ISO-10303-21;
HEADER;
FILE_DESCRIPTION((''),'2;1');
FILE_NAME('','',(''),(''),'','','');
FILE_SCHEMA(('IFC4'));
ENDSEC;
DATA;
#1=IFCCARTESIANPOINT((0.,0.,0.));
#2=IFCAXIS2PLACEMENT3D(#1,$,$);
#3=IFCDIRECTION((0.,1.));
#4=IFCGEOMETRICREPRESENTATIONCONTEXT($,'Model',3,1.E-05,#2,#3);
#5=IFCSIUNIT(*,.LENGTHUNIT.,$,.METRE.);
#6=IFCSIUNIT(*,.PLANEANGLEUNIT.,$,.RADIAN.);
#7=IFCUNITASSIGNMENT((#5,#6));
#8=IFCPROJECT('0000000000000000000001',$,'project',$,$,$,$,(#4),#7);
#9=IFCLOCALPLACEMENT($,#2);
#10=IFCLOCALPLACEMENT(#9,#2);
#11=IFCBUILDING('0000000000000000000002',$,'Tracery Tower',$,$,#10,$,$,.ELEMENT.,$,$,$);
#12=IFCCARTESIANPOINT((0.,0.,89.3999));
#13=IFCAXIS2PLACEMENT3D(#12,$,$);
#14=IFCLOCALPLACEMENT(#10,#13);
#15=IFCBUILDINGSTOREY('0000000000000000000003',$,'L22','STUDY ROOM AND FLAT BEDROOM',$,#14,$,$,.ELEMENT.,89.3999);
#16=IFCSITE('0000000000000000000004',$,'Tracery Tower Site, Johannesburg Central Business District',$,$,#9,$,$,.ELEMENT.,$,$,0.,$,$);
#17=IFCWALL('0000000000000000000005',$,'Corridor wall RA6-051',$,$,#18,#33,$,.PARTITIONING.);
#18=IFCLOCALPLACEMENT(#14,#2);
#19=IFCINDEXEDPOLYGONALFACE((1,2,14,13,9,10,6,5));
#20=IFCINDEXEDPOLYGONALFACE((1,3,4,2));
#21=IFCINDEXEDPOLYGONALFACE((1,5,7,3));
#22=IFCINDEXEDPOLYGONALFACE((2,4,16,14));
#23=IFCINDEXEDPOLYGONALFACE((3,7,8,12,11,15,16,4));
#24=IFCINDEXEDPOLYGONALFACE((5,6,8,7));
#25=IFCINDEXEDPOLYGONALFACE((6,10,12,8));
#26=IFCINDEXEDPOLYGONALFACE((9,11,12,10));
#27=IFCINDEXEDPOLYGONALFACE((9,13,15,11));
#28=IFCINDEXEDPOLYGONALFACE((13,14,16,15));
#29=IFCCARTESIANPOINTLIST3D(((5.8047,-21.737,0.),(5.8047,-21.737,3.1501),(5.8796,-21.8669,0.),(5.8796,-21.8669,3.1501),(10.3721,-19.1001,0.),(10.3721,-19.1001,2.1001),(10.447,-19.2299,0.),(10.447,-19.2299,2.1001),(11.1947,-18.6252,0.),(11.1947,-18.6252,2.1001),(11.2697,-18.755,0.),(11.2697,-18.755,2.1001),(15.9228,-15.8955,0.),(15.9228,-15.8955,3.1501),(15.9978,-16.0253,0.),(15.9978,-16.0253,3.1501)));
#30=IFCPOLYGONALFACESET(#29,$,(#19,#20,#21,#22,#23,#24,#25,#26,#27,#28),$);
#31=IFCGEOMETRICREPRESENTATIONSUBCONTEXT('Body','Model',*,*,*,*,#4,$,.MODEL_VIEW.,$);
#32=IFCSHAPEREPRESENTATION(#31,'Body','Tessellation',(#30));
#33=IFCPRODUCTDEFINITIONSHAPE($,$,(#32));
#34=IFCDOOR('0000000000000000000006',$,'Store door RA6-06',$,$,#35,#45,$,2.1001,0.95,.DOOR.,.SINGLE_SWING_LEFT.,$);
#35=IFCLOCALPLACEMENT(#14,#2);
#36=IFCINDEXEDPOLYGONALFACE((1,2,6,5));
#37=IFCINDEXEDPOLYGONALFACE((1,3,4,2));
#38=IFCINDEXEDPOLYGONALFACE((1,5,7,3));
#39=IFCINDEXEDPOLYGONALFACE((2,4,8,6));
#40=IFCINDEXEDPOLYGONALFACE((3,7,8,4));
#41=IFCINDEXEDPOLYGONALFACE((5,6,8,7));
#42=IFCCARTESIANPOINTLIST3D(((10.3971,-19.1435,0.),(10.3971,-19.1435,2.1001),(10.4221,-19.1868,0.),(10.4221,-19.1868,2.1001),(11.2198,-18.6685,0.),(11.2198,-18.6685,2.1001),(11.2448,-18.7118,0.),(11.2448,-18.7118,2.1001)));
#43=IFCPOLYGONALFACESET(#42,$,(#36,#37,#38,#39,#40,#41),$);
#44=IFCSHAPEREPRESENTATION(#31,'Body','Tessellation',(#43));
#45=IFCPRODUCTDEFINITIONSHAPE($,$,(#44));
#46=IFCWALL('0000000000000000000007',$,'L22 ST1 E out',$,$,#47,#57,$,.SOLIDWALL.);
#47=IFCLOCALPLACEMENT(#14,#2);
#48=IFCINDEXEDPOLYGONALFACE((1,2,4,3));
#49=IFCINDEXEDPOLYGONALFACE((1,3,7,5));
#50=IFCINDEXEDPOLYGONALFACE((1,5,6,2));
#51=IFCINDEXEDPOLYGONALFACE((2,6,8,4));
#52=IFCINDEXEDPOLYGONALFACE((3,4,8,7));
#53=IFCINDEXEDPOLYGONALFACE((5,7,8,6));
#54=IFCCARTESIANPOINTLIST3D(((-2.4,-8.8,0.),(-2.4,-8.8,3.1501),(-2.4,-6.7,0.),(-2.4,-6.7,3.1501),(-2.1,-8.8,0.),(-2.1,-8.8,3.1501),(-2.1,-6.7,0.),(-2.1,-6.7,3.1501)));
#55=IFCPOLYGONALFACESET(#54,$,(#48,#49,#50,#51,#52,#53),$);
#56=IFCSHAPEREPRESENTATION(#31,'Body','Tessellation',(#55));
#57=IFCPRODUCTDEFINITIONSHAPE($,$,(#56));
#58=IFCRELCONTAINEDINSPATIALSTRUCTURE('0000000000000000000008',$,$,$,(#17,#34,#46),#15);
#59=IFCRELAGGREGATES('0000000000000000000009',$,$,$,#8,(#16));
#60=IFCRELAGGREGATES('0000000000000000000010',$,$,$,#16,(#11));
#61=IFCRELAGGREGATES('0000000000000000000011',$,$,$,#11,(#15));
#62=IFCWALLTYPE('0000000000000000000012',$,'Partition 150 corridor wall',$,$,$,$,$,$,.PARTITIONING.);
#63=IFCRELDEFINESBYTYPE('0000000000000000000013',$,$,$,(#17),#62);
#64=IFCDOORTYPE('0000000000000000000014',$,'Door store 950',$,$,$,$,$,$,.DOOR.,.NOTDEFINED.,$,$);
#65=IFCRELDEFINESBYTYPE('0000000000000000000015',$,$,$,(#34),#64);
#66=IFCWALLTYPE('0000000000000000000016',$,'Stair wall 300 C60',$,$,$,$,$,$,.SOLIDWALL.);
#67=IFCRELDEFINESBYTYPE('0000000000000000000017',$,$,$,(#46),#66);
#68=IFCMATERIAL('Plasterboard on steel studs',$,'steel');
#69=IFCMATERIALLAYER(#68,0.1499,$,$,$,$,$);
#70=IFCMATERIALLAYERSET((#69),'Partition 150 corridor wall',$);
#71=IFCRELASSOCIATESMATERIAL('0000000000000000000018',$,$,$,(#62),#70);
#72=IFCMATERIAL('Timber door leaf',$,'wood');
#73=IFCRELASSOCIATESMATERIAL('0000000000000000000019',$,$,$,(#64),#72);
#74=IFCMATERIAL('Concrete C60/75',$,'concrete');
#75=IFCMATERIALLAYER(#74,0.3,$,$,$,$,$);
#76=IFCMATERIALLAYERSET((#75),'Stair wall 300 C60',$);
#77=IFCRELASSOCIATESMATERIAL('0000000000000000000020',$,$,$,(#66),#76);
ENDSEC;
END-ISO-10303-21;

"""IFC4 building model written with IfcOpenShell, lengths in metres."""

from ifc_helpers import new_model, si_unit, direction, frame, frame_2d, origin, place, context, subcontext, project, spatial, rectangle, extrude, material, layer, layer_set, type_object, element, fill, save


model = new_model("IFC4")

# Units and contexts
model_context = context("Model", 3, precision=1e-05, world=origin(), true_north=direction((0.0, 1.0)))
body_context = subcontext(model_context, "Body", "Model", "MODEL_VIEW")
ifc_project = project(units=[si_unit("LENGTHUNIT", "METRE"), si_unit("PLANEANGLEUNIT", "RADIAN")], contexts=[model_context])

# Site, building, storey
site_placement = place(None, origin())
site = spatial("IfcSite", under=ifc_project, at=site_placement, Name="Tracery Tower Site, Johannesburg Central Business District", CompositionType="ELEMENT", RefElevation=0.0)
building_placement = place(site_placement, origin())
building = spatial("IfcBuilding", under=site, at=building_placement, Name="Tracery Tower", CompositionType="ELEMENT")
storey_placement = place(building_placement, frame((0.0, 0.0, 89.3999)))
storey = spatial("IfcBuildingStorey", under=building, at=storey_placement, Name="L22", Description="STUDY ROOM AND FLAT BEDROOM", CompositionType="ELEMENT", Elevation=89.3999)

# Shared definitions
ifc_material_1 = material(Name="Plasterboard on steel studs", Category="steel")
ifc_layer_1 = layer(ifc_material_1, 0.1499)
ifc_layer_set_1 = layer_set([ifc_layer_1], Name="Partition 150 corridor wall")
wall_type_1 = type_object("IfcWallType", Name="Partition 150 corridor wall", PredefinedType="PARTITIONING", material=ifc_layer_set_1)

# Wall, opening, door
wall_1_placement = place(storey_placement, frame((5.842, -21.802, 0.0), z_axis=(0.0, 0.0, 1.0), x_axis=(0.866032, 0.499989, 0.0)))
wall_1 = element("IfcWall", 1, at=wall_1_placement, inside=storey, type_object=wall_type_1, Name="Corridor wall RA6-051", PredefinedType="PARTITIONING", context=body_context, shape_type="SweptSolid", body=[
    extrude(rectangle(XDim=11.6833, YDim=0.1499, at=frame_2d((5.8418, 0.0))), origin(), (0.0, 0.0, 1.0), 3.1501),
])
opening_1_placement = place(wall_1_placement, frame((5.2739, 0.0, 0.0)))
opening_1 = element("IfcOpeningElement", 2, at=opening_1_placement, cuts=wall_1, PredefinedType="OPENING", context=body_context, shape_type="SweptSolid", body=[
    extrude(rectangle(XDim=0.95, YDim=2.1001, at=frame_2d((0.4751, 1.05))), frame((0.0, 0.075, 0.0), z_axis=(0.0, -1.0, 0.0), x_axis=(1.0, 0.0, 0.0)), (0.0, 0.0, 1.0), 0.1499),
])
ifc_material_2 = material(Name="Timber door leaf", Category="wood")
door_type = type_object("IfcDoorType", Name="Door store 950", OperationType="NOTDEFINED", PredefinedType="DOOR", material=ifc_material_2)
door_placement = place(opening_1_placement, origin())
door = element("IfcDoor", 3, at=door_placement, inside=storey, type_object=door_type, Name="Store door RA6-06", OperationType="SINGLE_SWING_LEFT", OverallHeight=2.1001, OverallWidth=0.95, PredefinedType="DOOR", context=body_context, shape_type="SweptSolid", body=[
    extrude(rectangle(XDim=0.95, YDim=2.1001, at=frame_2d((0.4751, 1.05))), frame((0.0, 0.0249, 0.0), z_axis=(0.0, -1.0, 0.0), x_axis=(1.0, 0.0, 0.0)), (0.0, 0.0, 1.0), 0.05),
])
fill(opening_1, door)

# Wall
ifc_material_3 = material(Name="Concrete C60/75", Category="concrete")
ifc_layer_2 = layer(ifc_material_3, 0.3)
ifc_layer_set_2 = layer_set([ifc_layer_2], Name="Stair wall 300 C60")
wall_type_2 = type_object("IfcWallType", Name="Stair wall 300 C60", PredefinedType="SOLIDWALL", material=ifc_layer_set_2)
wall_2_placement = place(storey_placement, frame((-2.25, -8.8, 0.0), z_axis=(0.0, 0.0, 1.0), x_axis=(0.0, 1.0, 0.0)))
element("IfcWall", 4, at=wall_2_placement, inside=storey, type_object=wall_type_2, Name="L22 ST1 E out", PredefinedType="SOLIDWALL", context=body_context, shape_type="SweptSolid", body=[
    extrude(rectangle(XDim=2.1001, YDim=0.3, at=frame_2d((1.05, 0.0))), origin(), (0.0, 0.0, 1.0), 3.1501),
])

save(model, "model.ifc")
